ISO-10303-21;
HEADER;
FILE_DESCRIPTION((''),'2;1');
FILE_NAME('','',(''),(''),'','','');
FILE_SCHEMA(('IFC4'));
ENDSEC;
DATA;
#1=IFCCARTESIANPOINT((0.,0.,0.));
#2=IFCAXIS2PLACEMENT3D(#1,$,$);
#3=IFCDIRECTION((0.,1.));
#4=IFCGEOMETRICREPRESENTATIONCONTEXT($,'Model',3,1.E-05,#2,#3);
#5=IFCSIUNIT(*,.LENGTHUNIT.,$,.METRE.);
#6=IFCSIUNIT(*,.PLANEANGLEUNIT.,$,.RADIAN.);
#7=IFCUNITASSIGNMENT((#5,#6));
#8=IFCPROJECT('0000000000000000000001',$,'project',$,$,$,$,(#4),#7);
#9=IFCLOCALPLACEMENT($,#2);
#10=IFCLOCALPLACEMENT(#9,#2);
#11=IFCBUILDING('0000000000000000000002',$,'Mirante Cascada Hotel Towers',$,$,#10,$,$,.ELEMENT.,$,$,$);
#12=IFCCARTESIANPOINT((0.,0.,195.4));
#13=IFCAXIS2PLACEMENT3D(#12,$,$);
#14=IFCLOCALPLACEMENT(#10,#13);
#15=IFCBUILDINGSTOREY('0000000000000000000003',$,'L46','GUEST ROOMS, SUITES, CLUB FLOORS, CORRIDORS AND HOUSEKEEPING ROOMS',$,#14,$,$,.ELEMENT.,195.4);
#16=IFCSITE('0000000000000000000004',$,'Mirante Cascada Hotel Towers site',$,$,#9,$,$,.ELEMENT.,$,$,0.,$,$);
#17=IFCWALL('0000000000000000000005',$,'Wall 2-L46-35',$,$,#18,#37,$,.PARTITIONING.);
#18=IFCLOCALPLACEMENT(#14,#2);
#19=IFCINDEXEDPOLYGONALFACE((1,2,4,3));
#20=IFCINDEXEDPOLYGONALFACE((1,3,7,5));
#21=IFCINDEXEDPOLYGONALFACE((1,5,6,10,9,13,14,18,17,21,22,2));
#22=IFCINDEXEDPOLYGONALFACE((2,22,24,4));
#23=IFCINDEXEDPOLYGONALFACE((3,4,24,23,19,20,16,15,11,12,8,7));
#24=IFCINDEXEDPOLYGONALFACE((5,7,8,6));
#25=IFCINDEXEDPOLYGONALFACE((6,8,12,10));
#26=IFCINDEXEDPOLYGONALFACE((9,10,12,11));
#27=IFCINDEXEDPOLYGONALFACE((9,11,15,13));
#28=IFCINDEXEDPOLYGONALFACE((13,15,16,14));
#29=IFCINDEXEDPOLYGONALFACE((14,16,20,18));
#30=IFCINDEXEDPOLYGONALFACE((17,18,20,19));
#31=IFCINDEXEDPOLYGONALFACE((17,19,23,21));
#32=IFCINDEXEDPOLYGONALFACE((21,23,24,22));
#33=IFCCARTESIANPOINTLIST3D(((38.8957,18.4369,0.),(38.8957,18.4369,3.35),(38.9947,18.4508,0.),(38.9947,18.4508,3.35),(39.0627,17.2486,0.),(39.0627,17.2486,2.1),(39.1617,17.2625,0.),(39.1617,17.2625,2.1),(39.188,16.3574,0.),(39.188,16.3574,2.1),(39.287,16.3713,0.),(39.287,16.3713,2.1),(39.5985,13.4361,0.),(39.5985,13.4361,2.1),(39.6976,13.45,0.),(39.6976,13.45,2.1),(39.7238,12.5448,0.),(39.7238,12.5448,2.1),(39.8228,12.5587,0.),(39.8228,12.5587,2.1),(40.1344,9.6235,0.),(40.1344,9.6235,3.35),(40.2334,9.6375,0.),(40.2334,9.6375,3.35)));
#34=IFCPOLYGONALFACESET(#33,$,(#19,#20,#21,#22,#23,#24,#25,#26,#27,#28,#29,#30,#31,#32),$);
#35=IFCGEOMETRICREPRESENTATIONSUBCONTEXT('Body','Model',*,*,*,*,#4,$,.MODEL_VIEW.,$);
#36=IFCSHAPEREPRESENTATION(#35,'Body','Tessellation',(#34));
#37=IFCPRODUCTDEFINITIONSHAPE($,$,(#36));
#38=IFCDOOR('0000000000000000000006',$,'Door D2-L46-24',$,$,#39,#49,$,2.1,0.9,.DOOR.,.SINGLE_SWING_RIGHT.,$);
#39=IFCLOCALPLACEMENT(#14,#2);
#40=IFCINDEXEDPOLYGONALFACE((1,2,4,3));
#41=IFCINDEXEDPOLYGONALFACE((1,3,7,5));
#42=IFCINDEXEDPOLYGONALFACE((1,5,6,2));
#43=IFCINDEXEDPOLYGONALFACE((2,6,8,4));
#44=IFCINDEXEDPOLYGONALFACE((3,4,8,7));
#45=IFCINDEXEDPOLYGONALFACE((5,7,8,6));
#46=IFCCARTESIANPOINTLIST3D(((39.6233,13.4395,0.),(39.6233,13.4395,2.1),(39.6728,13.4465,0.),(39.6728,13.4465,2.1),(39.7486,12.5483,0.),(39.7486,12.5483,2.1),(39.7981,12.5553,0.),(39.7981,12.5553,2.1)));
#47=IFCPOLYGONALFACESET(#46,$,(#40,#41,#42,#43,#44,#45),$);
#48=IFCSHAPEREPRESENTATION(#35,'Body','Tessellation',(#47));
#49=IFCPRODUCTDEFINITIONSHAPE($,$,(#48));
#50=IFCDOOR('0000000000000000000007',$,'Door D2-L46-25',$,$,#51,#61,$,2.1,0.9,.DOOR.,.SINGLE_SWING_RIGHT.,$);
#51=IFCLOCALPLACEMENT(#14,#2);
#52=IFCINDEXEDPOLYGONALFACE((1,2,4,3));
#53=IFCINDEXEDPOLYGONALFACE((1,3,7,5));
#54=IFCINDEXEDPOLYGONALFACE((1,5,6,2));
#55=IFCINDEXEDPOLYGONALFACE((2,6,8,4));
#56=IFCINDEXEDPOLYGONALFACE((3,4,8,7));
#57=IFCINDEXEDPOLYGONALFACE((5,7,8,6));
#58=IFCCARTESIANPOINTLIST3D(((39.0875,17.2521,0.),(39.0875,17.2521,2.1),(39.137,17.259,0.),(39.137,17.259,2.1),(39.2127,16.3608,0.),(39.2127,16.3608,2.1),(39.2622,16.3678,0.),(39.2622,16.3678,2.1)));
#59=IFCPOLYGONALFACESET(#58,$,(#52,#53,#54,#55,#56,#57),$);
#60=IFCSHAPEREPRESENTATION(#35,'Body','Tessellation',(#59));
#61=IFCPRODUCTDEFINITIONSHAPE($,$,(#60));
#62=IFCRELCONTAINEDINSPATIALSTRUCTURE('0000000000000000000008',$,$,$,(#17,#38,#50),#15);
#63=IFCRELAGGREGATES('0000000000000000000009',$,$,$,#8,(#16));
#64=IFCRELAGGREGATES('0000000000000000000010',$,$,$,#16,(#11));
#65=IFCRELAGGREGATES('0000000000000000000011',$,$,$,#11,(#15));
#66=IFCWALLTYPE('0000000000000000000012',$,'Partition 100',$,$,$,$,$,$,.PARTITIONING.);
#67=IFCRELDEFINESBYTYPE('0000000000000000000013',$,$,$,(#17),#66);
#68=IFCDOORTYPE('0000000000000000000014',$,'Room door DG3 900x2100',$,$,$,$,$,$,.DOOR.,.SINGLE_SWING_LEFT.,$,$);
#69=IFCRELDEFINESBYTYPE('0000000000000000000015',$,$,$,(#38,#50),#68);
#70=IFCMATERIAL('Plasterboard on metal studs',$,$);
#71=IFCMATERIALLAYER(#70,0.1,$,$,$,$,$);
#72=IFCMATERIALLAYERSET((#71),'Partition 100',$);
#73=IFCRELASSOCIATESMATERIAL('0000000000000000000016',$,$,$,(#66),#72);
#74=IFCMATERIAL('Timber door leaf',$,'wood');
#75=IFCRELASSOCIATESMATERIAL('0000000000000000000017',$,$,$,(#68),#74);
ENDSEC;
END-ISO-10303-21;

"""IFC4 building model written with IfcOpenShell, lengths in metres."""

from ifc_helpers import new_model, si_unit, direction, frame, frame_2d, origin, place, context, subcontext, project, spatial, rectangle, extrude, material, layer, layer_set, type_object, element, fill, save


model = new_model("IFC4")

# Units and contexts
model_context = context("Model", 3, precision=1e-05, world=origin(), true_north=direction((0.0, 1.0)))
body_context = subcontext(model_context, "Body", "Model", "MODEL_VIEW")
ifc_project = project(units=[si_unit("LENGTHUNIT", "METRE"), si_unit("PLANEANGLEUNIT", "RADIAN")], contexts=[model_context])

# Site, building, storey
site_placement = place(None, origin())
site = spatial("IfcSite", under=ifc_project, at=site_placement, Name="Mirante Cascada Hotel Towers site", CompositionType="ELEMENT", RefElevation=0.0)
building_placement = place(site_placement, origin())
building = spatial("IfcBuilding", under=site, at=building_placement, Name="Mirante Cascada Hotel Towers", CompositionType="ELEMENT")
storey_placement = place(building_placement, frame((0.0, 0.0, 195.4)))
storey = spatial("IfcBuildingStorey", under=building, at=storey_placement, Name="L46", Description="GUEST ROOMS, SUITES, CLUB FLOORS, CORRIDORS AND HOUSEKEEPING ROOMS", CompositionType="ELEMENT", Elevation=195.4)

# Shared definitions
ifc_material_1 = material(Name="Plasterboard on metal studs")
ifc_layer_1 = layer(ifc_material_1, 0.1)
ifc_layer_set_1 = layer_set([ifc_layer_1], Name="Partition 100")
wall_type_1 = type_object("IfcWallType", Name="Partition 100", PredefinedType="PARTITIONING", material=ifc_layer_set_1)

# Wall, openings, doors
wall_1_placement = place(storey_placement, frame((40.1839, 9.6305, 0.0), z_axis=(0.0, 0.0, 1.0), x_axis=(-0.139179, 0.990267, 0.0)))
wall_1 = element("IfcWall", 1, at=wall_1_placement, inside=storey, type_object=wall_type_1, Name="Wall 2-L46-35", PredefinedType="PARTITIONING", context=body_context, shape_type="SweptSolid", body=[
    extrude(rectangle(XDim=8.9, YDim=0.1, at=frame_2d((4.45, 0.0))), origin(), (0.0, 0.0, 1.0), 3.35),
])
opening_1_placement = place(wall_1_placement, frame((2.95, 0.0, 0.0)))
opening_1 = element("IfcOpeningElement", 2, at=opening_1_placement, cuts=wall_1, PredefinedType="OPENING", context=body_context, shape_type="SweptSolid", body=[
    extrude(rectangle(XDim=0.9, YDim=2.1, at=frame_2d((0.45, 1.05))), frame((0.0, 0.05, 0.0), z_axis=(0.0, -1.0, 0.0), x_axis=(1.0, 0.0, 0.0)), (0.0, 0.0, 1.0), 0.1),
])
opening_2_placement = place(wall_1_placement, frame((6.8, 0.0, 0.0)))
opening_2 = element("IfcOpeningElement", 3, at=opening_2_placement, cuts=wall_1, PredefinedType="OPENING", context=body_context, shape_type="SweptSolid", body=[
    extrude(rectangle(XDim=0.9, YDim=2.1, at=frame_2d((0.45, 1.05))), frame((0.0, 0.05, 0.0), z_axis=(0.0, -1.0, 0.0), x_axis=(1.0, 0.0, 0.0)), (0.0, 0.0, 1.0), 0.1),
])
ifc_material_2 = material(Name="Timber door leaf", Category="wood")
door_type_1 = type_object("IfcDoorType", Name="Room door DG3 900x2100", OperationType="SINGLE_SWING_LEFT", PredefinedType="DOOR", material=ifc_material_2)
door_1_placement = place(opening_1_placement, frame((0.9, 0.0, 0.0), z_axis=(0.0, 0.0, 1.0), x_axis=(-1.0, 0.0, 0.0)))
door_1 = element("IfcDoor", 4, at=door_1_placement, inside=storey, type_object=door_type_1, Name="Door D2-L46-24", OperationType="SINGLE_SWING_RIGHT", OverallHeight=2.1, OverallWidth=0.9, PredefinedType="DOOR", context=body_context, shape_type="SweptSolid", body=[
    extrude(rectangle(XDim=0.9, YDim=2.1, at=frame_2d((0.45, 1.05))), frame((0.0, 0.025, 0.0), z_axis=(0.0, -1.0, 0.0), x_axis=(1.0, 0.0, 0.0)), (0.0, 0.0, 1.0), 0.05),
])
fill(opening_1, door_1)
door_2_placement = place(opening_2_placement, frame((0.9, 0.0, 0.0), z_axis=(0.0, 0.0, 1.0), x_axis=(-1.0, 0.0, 0.0)))
door_2 = element("IfcDoor", 5, at=door_2_placement, inside=storey, type_object=door_type_1, Name="Door D2-L46-25", OperationType="SINGLE_SWING_RIGHT", OverallHeight=2.1, OverallWidth=0.9, PredefinedType="DOOR", context=body_context, shape_type="SweptSolid", body=[
    extrude(rectangle(XDim=0.9, YDim=2.1, at=frame_2d((0.45, 1.05))), frame((0.0, 0.025, 0.0), z_axis=(0.0, -1.0, 0.0), x_axis=(1.0, 0.0, 0.0)), (0.0, 0.0, 1.0), 0.05),
])
fill(opening_2, door_2)

save(model, "model.ifc")
